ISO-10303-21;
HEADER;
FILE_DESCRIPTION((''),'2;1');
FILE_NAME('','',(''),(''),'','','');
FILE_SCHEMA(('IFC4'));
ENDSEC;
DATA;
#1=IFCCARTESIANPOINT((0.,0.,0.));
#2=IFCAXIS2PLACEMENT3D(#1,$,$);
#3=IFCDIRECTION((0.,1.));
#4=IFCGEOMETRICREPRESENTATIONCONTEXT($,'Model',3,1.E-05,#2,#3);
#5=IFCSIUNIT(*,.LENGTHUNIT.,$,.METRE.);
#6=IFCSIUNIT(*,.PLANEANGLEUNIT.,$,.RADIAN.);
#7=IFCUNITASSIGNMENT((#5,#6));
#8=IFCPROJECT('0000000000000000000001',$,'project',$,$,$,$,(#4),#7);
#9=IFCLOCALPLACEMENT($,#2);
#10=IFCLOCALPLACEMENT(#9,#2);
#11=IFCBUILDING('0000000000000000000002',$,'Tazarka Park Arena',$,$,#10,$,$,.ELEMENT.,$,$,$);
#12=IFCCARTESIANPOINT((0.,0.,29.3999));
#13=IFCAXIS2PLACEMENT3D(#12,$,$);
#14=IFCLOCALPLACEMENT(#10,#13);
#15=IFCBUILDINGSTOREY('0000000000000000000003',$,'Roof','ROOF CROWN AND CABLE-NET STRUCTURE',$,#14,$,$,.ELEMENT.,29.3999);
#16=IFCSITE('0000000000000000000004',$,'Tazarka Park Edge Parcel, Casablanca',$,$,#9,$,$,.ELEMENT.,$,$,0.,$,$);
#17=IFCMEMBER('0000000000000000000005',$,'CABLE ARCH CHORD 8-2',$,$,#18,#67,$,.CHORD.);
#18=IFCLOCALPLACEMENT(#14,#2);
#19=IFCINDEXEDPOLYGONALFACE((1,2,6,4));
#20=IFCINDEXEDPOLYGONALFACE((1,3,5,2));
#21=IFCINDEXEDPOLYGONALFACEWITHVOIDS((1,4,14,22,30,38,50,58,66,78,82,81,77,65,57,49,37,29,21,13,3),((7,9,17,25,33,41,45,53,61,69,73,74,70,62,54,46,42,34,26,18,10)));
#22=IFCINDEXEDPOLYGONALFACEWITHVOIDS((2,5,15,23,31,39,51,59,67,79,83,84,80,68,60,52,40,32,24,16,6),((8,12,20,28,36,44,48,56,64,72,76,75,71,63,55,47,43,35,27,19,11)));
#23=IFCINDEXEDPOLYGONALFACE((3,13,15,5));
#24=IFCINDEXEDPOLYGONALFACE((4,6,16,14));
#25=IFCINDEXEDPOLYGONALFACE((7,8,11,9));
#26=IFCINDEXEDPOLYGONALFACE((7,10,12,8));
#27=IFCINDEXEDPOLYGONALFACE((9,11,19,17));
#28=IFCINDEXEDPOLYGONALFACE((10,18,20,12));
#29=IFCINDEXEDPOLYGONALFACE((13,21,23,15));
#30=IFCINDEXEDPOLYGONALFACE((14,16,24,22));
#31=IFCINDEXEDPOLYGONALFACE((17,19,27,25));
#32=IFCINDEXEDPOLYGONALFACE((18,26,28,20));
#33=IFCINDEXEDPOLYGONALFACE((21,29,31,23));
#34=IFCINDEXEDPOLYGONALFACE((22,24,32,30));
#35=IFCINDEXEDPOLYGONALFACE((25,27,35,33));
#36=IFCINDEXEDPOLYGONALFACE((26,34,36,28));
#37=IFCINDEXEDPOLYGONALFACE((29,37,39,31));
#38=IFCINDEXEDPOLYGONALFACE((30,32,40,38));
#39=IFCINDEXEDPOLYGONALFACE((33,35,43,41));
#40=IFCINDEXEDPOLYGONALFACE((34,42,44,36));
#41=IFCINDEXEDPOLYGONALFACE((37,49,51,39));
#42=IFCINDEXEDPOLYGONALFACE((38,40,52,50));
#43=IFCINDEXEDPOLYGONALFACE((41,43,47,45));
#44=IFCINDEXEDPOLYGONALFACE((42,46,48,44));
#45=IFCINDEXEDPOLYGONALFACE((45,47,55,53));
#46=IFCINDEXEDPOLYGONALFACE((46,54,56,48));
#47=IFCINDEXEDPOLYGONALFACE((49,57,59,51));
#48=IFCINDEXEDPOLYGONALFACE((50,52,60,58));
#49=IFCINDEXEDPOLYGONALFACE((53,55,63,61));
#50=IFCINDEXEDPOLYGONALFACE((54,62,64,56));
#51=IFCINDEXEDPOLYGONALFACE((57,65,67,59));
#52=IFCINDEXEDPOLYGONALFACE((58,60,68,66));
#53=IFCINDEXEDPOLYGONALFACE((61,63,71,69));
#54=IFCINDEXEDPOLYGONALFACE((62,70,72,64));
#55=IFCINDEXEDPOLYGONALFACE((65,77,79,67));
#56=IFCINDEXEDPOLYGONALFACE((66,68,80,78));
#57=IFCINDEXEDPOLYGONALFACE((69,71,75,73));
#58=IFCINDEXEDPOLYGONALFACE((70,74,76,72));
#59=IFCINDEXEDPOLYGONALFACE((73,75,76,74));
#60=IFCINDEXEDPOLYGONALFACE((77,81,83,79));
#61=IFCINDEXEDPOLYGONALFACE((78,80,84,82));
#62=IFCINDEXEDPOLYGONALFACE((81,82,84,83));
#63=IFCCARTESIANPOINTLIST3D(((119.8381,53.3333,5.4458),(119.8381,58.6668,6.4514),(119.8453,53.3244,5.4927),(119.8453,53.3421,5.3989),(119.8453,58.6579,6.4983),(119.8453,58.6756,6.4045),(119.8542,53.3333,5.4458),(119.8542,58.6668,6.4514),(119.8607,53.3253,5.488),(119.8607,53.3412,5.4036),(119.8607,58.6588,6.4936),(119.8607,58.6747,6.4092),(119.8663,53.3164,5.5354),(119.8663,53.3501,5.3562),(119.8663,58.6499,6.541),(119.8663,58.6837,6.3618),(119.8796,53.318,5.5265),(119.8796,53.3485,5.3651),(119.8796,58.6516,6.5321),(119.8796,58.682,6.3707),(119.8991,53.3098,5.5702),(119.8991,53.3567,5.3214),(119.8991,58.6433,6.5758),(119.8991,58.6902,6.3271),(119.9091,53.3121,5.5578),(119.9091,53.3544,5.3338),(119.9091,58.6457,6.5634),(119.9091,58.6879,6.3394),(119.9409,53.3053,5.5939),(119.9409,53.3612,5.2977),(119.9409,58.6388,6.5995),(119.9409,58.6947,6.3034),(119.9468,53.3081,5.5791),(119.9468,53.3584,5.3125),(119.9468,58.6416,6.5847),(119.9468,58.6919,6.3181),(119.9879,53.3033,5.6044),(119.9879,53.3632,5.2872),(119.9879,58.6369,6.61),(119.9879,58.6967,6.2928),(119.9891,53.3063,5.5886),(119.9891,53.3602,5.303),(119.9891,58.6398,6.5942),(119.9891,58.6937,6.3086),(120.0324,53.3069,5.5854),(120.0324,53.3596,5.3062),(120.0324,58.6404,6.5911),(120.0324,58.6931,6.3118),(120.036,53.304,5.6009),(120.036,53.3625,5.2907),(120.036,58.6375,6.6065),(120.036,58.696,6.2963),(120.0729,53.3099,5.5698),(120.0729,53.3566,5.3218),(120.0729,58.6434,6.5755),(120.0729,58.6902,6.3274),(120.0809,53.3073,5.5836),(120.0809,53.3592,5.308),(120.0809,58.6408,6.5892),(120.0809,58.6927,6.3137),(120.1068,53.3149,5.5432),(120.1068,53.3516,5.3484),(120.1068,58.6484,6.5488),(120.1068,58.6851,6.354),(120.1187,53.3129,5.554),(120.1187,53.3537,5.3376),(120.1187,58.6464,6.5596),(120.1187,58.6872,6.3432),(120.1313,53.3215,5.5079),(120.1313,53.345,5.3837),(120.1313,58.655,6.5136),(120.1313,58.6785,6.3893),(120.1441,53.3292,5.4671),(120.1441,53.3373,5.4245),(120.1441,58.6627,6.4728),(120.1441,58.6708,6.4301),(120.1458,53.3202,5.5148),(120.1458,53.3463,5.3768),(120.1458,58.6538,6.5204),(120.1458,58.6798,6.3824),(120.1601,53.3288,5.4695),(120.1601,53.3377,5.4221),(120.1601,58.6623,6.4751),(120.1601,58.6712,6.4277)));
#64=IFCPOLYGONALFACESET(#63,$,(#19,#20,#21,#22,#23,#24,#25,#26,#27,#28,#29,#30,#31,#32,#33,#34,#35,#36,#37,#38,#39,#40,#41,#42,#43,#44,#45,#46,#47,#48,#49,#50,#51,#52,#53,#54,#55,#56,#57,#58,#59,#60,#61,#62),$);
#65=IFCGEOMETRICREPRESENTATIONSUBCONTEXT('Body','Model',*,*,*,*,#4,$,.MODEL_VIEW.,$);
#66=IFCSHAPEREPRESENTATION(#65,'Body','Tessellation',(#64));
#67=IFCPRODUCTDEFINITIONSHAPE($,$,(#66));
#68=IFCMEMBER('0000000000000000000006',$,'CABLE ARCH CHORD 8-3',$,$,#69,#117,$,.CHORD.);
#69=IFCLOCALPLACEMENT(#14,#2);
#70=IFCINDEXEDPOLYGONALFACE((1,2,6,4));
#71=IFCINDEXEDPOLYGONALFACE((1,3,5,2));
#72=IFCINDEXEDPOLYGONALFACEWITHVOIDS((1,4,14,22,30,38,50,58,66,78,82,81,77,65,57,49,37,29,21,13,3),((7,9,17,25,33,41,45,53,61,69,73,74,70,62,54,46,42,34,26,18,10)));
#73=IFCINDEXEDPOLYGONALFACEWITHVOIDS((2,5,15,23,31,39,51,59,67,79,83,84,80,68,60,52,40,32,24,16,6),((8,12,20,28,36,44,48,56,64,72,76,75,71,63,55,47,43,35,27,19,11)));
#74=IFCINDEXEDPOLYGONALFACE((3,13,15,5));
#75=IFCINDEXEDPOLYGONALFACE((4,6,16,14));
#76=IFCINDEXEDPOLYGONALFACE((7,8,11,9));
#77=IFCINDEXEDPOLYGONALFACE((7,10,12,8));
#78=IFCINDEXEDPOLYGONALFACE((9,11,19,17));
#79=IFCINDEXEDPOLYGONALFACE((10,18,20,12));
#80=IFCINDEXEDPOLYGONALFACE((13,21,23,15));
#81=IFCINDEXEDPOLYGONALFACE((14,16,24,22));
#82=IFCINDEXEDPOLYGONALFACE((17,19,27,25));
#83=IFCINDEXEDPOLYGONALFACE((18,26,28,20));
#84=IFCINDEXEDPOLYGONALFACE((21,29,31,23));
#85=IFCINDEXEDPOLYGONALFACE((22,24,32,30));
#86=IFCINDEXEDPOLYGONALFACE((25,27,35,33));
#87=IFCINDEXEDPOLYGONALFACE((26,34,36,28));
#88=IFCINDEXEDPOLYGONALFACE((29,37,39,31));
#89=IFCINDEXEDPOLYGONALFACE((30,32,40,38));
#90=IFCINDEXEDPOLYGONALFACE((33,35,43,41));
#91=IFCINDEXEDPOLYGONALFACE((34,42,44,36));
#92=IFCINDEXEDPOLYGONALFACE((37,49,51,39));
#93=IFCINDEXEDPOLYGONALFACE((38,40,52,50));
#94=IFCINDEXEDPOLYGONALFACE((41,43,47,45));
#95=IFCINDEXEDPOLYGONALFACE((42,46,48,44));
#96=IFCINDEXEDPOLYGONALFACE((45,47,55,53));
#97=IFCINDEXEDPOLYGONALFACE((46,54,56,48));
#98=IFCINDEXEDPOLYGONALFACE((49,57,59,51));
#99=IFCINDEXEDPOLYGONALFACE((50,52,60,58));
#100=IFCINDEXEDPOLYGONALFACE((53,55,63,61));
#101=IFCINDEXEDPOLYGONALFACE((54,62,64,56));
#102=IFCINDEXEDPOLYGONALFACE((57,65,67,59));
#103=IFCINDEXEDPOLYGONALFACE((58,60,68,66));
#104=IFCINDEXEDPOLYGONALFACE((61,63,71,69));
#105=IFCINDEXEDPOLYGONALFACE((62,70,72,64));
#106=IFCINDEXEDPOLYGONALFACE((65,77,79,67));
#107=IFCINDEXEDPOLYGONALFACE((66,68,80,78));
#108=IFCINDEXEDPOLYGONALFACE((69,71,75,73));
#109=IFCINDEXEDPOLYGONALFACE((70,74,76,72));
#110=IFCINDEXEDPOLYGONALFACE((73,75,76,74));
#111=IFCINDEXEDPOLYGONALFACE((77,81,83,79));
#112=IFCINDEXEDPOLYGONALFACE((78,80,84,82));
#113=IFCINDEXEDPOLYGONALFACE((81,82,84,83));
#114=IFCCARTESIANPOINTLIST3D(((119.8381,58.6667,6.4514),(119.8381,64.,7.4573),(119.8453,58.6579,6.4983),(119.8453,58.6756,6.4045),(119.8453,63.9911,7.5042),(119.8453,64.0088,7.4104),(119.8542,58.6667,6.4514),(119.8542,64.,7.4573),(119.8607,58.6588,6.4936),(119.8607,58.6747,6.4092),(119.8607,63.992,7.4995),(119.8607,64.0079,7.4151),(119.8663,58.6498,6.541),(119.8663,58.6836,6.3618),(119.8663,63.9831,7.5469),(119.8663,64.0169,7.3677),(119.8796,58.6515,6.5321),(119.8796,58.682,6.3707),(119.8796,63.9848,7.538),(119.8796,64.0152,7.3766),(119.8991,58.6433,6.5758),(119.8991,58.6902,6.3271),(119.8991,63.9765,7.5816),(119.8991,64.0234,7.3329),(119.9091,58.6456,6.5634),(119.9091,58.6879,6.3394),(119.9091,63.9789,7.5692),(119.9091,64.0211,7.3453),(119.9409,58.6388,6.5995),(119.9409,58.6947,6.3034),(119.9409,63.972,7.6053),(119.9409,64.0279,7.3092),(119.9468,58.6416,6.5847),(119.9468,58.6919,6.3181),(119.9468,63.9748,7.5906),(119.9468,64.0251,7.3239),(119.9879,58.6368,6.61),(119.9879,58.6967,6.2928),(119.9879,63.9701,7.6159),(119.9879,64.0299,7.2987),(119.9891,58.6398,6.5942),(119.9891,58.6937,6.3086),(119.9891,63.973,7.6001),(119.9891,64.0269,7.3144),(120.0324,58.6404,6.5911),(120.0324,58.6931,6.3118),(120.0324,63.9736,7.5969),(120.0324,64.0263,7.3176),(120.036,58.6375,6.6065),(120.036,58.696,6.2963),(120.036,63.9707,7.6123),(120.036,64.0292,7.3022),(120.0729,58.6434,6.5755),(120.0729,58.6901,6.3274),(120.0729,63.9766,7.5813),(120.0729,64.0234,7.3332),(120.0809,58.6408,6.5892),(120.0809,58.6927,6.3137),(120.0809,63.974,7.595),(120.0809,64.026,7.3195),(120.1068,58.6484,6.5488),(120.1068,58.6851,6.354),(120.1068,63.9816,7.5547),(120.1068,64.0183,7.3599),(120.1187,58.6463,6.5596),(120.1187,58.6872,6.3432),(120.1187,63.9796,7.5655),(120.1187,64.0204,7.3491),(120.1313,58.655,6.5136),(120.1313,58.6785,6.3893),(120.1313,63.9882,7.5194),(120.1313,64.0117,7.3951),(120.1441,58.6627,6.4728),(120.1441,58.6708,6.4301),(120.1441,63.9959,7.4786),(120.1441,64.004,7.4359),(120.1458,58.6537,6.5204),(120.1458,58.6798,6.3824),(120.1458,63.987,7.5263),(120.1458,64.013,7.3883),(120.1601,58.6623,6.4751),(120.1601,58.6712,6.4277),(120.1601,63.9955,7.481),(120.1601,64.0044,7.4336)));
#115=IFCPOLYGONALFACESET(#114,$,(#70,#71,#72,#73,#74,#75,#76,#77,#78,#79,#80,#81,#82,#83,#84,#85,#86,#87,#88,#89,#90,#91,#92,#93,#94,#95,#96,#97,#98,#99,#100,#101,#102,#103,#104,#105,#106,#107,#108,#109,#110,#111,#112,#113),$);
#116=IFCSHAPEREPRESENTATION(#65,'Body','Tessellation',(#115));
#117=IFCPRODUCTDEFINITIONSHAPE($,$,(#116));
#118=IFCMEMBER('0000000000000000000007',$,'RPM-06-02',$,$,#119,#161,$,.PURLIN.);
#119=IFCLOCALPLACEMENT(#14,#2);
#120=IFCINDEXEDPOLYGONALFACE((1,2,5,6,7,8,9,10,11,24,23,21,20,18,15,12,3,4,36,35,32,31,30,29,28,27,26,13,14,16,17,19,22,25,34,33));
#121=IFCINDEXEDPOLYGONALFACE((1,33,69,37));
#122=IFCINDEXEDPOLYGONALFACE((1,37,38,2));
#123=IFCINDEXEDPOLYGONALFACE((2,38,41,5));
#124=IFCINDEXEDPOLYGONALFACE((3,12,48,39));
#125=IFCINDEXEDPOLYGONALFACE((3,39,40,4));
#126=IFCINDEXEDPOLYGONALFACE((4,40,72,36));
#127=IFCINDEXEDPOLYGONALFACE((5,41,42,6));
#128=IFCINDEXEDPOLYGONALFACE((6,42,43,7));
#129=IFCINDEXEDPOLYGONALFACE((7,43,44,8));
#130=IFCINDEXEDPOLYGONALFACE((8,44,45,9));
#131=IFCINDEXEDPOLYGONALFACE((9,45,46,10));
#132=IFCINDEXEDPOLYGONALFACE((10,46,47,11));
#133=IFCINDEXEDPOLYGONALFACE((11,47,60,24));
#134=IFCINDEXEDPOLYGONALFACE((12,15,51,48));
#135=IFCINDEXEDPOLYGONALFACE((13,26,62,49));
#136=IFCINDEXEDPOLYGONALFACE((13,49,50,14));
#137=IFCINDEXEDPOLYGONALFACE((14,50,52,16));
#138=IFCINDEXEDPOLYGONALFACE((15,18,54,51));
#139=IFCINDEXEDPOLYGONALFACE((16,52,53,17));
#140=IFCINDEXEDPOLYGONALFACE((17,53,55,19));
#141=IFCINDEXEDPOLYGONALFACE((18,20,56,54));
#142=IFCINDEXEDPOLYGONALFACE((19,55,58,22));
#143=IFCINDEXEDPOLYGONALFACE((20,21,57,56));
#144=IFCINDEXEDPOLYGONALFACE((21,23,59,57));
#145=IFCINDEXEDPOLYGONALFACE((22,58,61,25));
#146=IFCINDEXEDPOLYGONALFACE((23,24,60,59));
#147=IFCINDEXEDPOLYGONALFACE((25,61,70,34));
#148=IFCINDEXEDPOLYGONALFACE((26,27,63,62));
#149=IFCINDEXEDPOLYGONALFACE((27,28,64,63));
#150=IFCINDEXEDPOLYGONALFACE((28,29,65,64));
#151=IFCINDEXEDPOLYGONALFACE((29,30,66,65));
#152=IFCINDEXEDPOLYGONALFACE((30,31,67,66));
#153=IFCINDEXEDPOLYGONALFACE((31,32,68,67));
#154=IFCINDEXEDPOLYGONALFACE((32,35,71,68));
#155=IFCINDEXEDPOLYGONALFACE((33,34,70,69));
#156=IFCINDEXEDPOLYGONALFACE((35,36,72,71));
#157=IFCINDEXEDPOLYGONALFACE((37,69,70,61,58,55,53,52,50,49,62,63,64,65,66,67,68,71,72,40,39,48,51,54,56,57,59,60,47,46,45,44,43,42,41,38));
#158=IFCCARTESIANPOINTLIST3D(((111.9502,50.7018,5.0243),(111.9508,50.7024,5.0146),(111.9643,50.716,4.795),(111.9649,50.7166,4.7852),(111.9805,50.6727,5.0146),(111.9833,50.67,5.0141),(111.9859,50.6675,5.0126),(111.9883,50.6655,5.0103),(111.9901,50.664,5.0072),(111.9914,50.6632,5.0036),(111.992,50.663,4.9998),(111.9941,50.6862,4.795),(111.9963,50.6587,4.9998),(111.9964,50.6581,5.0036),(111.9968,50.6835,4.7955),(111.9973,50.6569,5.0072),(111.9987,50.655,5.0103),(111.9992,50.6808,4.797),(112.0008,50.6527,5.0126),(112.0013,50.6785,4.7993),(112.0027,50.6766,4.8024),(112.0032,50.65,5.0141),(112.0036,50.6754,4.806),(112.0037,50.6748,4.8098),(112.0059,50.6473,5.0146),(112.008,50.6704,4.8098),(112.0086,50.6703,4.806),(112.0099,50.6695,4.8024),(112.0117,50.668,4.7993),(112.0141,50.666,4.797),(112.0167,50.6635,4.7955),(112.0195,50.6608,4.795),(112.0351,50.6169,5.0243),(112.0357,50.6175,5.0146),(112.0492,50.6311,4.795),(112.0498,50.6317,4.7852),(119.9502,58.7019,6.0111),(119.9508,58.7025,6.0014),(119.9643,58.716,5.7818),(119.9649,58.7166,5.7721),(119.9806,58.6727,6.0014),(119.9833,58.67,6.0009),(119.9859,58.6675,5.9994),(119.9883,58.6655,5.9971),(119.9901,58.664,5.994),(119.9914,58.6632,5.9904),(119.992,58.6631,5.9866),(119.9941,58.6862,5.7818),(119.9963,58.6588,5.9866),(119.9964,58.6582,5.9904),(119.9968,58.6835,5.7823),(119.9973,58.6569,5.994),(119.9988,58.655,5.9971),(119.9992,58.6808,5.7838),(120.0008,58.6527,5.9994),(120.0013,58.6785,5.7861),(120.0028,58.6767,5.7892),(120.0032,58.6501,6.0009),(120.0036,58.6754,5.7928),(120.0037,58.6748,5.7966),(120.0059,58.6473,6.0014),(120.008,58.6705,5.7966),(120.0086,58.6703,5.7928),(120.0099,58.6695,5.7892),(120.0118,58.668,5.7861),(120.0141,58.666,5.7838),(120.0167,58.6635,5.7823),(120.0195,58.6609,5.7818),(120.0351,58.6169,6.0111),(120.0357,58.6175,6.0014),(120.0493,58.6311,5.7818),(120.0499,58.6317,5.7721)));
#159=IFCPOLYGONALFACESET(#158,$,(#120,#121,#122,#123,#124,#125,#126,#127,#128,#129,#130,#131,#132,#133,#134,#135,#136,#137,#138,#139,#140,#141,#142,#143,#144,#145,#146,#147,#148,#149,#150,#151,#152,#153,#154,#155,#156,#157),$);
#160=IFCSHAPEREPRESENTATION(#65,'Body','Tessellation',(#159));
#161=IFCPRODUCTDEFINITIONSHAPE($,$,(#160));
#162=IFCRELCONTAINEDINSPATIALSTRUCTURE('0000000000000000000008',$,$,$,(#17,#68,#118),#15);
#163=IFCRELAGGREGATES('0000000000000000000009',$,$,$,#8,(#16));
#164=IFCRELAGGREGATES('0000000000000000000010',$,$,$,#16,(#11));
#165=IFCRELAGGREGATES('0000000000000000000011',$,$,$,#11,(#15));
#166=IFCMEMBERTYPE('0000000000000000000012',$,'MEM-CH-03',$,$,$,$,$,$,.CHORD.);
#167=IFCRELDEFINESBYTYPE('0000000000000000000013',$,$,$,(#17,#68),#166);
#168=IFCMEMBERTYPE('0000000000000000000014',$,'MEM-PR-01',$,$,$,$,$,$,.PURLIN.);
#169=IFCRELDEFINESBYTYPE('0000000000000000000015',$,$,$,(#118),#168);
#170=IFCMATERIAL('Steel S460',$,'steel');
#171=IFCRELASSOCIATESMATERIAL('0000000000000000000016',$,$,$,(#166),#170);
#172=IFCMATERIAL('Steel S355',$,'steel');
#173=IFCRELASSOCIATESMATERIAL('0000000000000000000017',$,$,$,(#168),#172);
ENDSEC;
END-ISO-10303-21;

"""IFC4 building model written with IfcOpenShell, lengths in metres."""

from ifc_helpers import new_model, si_unit, direction, frame, origin, origin_2d, place, context, subcontext, project, spatial, hollow_circle, i_section, extrude, material, material_profile, profile_set, type_object, element, save


model = new_model("IFC4")

# Units and contexts
model_context = context("Model", 3, precision=1e-05, world=origin(), true_north=direction((0.0, 1.0)))
body_context = subcontext(model_context, "Body", "Model", "MODEL_VIEW")
ifc_project = project(units=[si_unit("LENGTHUNIT", "METRE"), si_unit("PLANEANGLEUNIT", "RADIAN")], contexts=[model_context])

# Site, building, storey
site_placement = place(None, origin())
site = spatial("IfcSite", under=ifc_project, at=site_placement, Name="Tazarka Park Edge Parcel, Casablanca", CompositionType="ELEMENT", RefElevation=0.0)
building_placement = place(site_placement, origin())
building = spatial("IfcBuilding", under=site, at=building_placement, Name="Tazarka Park Arena", CompositionType="ELEMENT")
storey_placement = place(building_placement, frame((0.0, 0.0, 29.3999)))
storey = spatial("IfcBuildingStorey", under=building, at=storey_placement, Name="Roof", Description="ROOF CROWN AND CABLE-NET STRUCTURE", CompositionType="ELEMENT", Elevation=29.3999)

# Members
ifc_material_1 = material(Name="Steel S460", Category="steel")
ifc_material_profile_1 = material_profile(ifc_material_1, hollow_circle(Radius=0.1619, WallThickness=0.0161, at=origin_2d()), Name="Steel S460")
ifc_profile_set_1 = profile_set([ifc_material_profile_1], Name="Steel S460")
member_type_1 = type_object("IfcMemberType", Name="MEM-CH-03", PredefinedType="CHORD", material=ifc_profile_set_1)
member_1_placement = place(storey_placement, frame((120.0, 53.3333, 5.4458), z_axis=(0.0, 0.982685, 0.185282), x_axis=(-1.0, 0.0, 0.0)))
element("IfcMember", 1, at=member_1_placement, inside=storey, type_object=member_type_1, Name="CABLE ARCH CHORD 8-2", PredefinedType="CHORD", context=body_context, shape_type="SweptSolid", body=[
    extrude(hollow_circle(Radius=0.1619, WallThickness=0.0161, at=origin_2d()), origin(), (0.0, 0.0, 1.0), 5.4275),
])
member_2_placement = place(storey_placement, frame((120.0, 58.6667, 6.4514), z_axis=(0.0, 0.982676, 0.185334), x_axis=(-1.0, 0.0, 0.0)))
element("IfcMember", 2, at=member_2_placement, inside=storey, type_object=member_type_1, Name="CABLE ARCH CHORD 8-3", PredefinedType="CHORD", context=body_context, shape_type="SweptSolid", body=[
    extrude(hollow_circle(Radius=0.1619, WallThickness=0.0161, at=origin_2d()), origin(), (0.0, 0.0, 1.0), 5.4272),
])
ifc_material_2 = material(Name="Steel S355", Category="steel")
ifc_material_profile_2 = material_profile(ifc_material_2, i_section(OverallWidth=0.1201, OverallDepth=0.24, WebThickness=0.0061, FlangeThickness=0.0098, FilletRadius=0.0149, at=origin_2d()), Name="Steel S355")
ifc_profile_set_2 = profile_set([ifc_material_profile_2], Name="Steel S355")
member_type_2 = type_object("IfcMemberType", Name="MEM-PR-01", PredefinedType="PURLIN", material=ifc_profile_set_2)
member_3_placement = place(storey_placement, frame((112.0, 50.6667, 4.9048), z_axis=(0.704432, 0.704432, 0.086893), x_axis=(-0.707107, 0.707107, 0.0)))
element("IfcMember", 3, at=member_3_placement, inside=storey, type_object=member_type_2, Name="RPM-06-02", PredefinedType="PURLIN", context=body_context, shape_type="SweptSolid", body=[
    extrude(i_section(OverallWidth=0.1201, OverallDepth=0.24, WebThickness=0.0061, FlangeThickness=0.0098, FilletRadius=0.0149, at=origin_2d()), origin(), (0.0, 0.0, 1.0), 11.3567),
])

save(model, "model.ifc")
